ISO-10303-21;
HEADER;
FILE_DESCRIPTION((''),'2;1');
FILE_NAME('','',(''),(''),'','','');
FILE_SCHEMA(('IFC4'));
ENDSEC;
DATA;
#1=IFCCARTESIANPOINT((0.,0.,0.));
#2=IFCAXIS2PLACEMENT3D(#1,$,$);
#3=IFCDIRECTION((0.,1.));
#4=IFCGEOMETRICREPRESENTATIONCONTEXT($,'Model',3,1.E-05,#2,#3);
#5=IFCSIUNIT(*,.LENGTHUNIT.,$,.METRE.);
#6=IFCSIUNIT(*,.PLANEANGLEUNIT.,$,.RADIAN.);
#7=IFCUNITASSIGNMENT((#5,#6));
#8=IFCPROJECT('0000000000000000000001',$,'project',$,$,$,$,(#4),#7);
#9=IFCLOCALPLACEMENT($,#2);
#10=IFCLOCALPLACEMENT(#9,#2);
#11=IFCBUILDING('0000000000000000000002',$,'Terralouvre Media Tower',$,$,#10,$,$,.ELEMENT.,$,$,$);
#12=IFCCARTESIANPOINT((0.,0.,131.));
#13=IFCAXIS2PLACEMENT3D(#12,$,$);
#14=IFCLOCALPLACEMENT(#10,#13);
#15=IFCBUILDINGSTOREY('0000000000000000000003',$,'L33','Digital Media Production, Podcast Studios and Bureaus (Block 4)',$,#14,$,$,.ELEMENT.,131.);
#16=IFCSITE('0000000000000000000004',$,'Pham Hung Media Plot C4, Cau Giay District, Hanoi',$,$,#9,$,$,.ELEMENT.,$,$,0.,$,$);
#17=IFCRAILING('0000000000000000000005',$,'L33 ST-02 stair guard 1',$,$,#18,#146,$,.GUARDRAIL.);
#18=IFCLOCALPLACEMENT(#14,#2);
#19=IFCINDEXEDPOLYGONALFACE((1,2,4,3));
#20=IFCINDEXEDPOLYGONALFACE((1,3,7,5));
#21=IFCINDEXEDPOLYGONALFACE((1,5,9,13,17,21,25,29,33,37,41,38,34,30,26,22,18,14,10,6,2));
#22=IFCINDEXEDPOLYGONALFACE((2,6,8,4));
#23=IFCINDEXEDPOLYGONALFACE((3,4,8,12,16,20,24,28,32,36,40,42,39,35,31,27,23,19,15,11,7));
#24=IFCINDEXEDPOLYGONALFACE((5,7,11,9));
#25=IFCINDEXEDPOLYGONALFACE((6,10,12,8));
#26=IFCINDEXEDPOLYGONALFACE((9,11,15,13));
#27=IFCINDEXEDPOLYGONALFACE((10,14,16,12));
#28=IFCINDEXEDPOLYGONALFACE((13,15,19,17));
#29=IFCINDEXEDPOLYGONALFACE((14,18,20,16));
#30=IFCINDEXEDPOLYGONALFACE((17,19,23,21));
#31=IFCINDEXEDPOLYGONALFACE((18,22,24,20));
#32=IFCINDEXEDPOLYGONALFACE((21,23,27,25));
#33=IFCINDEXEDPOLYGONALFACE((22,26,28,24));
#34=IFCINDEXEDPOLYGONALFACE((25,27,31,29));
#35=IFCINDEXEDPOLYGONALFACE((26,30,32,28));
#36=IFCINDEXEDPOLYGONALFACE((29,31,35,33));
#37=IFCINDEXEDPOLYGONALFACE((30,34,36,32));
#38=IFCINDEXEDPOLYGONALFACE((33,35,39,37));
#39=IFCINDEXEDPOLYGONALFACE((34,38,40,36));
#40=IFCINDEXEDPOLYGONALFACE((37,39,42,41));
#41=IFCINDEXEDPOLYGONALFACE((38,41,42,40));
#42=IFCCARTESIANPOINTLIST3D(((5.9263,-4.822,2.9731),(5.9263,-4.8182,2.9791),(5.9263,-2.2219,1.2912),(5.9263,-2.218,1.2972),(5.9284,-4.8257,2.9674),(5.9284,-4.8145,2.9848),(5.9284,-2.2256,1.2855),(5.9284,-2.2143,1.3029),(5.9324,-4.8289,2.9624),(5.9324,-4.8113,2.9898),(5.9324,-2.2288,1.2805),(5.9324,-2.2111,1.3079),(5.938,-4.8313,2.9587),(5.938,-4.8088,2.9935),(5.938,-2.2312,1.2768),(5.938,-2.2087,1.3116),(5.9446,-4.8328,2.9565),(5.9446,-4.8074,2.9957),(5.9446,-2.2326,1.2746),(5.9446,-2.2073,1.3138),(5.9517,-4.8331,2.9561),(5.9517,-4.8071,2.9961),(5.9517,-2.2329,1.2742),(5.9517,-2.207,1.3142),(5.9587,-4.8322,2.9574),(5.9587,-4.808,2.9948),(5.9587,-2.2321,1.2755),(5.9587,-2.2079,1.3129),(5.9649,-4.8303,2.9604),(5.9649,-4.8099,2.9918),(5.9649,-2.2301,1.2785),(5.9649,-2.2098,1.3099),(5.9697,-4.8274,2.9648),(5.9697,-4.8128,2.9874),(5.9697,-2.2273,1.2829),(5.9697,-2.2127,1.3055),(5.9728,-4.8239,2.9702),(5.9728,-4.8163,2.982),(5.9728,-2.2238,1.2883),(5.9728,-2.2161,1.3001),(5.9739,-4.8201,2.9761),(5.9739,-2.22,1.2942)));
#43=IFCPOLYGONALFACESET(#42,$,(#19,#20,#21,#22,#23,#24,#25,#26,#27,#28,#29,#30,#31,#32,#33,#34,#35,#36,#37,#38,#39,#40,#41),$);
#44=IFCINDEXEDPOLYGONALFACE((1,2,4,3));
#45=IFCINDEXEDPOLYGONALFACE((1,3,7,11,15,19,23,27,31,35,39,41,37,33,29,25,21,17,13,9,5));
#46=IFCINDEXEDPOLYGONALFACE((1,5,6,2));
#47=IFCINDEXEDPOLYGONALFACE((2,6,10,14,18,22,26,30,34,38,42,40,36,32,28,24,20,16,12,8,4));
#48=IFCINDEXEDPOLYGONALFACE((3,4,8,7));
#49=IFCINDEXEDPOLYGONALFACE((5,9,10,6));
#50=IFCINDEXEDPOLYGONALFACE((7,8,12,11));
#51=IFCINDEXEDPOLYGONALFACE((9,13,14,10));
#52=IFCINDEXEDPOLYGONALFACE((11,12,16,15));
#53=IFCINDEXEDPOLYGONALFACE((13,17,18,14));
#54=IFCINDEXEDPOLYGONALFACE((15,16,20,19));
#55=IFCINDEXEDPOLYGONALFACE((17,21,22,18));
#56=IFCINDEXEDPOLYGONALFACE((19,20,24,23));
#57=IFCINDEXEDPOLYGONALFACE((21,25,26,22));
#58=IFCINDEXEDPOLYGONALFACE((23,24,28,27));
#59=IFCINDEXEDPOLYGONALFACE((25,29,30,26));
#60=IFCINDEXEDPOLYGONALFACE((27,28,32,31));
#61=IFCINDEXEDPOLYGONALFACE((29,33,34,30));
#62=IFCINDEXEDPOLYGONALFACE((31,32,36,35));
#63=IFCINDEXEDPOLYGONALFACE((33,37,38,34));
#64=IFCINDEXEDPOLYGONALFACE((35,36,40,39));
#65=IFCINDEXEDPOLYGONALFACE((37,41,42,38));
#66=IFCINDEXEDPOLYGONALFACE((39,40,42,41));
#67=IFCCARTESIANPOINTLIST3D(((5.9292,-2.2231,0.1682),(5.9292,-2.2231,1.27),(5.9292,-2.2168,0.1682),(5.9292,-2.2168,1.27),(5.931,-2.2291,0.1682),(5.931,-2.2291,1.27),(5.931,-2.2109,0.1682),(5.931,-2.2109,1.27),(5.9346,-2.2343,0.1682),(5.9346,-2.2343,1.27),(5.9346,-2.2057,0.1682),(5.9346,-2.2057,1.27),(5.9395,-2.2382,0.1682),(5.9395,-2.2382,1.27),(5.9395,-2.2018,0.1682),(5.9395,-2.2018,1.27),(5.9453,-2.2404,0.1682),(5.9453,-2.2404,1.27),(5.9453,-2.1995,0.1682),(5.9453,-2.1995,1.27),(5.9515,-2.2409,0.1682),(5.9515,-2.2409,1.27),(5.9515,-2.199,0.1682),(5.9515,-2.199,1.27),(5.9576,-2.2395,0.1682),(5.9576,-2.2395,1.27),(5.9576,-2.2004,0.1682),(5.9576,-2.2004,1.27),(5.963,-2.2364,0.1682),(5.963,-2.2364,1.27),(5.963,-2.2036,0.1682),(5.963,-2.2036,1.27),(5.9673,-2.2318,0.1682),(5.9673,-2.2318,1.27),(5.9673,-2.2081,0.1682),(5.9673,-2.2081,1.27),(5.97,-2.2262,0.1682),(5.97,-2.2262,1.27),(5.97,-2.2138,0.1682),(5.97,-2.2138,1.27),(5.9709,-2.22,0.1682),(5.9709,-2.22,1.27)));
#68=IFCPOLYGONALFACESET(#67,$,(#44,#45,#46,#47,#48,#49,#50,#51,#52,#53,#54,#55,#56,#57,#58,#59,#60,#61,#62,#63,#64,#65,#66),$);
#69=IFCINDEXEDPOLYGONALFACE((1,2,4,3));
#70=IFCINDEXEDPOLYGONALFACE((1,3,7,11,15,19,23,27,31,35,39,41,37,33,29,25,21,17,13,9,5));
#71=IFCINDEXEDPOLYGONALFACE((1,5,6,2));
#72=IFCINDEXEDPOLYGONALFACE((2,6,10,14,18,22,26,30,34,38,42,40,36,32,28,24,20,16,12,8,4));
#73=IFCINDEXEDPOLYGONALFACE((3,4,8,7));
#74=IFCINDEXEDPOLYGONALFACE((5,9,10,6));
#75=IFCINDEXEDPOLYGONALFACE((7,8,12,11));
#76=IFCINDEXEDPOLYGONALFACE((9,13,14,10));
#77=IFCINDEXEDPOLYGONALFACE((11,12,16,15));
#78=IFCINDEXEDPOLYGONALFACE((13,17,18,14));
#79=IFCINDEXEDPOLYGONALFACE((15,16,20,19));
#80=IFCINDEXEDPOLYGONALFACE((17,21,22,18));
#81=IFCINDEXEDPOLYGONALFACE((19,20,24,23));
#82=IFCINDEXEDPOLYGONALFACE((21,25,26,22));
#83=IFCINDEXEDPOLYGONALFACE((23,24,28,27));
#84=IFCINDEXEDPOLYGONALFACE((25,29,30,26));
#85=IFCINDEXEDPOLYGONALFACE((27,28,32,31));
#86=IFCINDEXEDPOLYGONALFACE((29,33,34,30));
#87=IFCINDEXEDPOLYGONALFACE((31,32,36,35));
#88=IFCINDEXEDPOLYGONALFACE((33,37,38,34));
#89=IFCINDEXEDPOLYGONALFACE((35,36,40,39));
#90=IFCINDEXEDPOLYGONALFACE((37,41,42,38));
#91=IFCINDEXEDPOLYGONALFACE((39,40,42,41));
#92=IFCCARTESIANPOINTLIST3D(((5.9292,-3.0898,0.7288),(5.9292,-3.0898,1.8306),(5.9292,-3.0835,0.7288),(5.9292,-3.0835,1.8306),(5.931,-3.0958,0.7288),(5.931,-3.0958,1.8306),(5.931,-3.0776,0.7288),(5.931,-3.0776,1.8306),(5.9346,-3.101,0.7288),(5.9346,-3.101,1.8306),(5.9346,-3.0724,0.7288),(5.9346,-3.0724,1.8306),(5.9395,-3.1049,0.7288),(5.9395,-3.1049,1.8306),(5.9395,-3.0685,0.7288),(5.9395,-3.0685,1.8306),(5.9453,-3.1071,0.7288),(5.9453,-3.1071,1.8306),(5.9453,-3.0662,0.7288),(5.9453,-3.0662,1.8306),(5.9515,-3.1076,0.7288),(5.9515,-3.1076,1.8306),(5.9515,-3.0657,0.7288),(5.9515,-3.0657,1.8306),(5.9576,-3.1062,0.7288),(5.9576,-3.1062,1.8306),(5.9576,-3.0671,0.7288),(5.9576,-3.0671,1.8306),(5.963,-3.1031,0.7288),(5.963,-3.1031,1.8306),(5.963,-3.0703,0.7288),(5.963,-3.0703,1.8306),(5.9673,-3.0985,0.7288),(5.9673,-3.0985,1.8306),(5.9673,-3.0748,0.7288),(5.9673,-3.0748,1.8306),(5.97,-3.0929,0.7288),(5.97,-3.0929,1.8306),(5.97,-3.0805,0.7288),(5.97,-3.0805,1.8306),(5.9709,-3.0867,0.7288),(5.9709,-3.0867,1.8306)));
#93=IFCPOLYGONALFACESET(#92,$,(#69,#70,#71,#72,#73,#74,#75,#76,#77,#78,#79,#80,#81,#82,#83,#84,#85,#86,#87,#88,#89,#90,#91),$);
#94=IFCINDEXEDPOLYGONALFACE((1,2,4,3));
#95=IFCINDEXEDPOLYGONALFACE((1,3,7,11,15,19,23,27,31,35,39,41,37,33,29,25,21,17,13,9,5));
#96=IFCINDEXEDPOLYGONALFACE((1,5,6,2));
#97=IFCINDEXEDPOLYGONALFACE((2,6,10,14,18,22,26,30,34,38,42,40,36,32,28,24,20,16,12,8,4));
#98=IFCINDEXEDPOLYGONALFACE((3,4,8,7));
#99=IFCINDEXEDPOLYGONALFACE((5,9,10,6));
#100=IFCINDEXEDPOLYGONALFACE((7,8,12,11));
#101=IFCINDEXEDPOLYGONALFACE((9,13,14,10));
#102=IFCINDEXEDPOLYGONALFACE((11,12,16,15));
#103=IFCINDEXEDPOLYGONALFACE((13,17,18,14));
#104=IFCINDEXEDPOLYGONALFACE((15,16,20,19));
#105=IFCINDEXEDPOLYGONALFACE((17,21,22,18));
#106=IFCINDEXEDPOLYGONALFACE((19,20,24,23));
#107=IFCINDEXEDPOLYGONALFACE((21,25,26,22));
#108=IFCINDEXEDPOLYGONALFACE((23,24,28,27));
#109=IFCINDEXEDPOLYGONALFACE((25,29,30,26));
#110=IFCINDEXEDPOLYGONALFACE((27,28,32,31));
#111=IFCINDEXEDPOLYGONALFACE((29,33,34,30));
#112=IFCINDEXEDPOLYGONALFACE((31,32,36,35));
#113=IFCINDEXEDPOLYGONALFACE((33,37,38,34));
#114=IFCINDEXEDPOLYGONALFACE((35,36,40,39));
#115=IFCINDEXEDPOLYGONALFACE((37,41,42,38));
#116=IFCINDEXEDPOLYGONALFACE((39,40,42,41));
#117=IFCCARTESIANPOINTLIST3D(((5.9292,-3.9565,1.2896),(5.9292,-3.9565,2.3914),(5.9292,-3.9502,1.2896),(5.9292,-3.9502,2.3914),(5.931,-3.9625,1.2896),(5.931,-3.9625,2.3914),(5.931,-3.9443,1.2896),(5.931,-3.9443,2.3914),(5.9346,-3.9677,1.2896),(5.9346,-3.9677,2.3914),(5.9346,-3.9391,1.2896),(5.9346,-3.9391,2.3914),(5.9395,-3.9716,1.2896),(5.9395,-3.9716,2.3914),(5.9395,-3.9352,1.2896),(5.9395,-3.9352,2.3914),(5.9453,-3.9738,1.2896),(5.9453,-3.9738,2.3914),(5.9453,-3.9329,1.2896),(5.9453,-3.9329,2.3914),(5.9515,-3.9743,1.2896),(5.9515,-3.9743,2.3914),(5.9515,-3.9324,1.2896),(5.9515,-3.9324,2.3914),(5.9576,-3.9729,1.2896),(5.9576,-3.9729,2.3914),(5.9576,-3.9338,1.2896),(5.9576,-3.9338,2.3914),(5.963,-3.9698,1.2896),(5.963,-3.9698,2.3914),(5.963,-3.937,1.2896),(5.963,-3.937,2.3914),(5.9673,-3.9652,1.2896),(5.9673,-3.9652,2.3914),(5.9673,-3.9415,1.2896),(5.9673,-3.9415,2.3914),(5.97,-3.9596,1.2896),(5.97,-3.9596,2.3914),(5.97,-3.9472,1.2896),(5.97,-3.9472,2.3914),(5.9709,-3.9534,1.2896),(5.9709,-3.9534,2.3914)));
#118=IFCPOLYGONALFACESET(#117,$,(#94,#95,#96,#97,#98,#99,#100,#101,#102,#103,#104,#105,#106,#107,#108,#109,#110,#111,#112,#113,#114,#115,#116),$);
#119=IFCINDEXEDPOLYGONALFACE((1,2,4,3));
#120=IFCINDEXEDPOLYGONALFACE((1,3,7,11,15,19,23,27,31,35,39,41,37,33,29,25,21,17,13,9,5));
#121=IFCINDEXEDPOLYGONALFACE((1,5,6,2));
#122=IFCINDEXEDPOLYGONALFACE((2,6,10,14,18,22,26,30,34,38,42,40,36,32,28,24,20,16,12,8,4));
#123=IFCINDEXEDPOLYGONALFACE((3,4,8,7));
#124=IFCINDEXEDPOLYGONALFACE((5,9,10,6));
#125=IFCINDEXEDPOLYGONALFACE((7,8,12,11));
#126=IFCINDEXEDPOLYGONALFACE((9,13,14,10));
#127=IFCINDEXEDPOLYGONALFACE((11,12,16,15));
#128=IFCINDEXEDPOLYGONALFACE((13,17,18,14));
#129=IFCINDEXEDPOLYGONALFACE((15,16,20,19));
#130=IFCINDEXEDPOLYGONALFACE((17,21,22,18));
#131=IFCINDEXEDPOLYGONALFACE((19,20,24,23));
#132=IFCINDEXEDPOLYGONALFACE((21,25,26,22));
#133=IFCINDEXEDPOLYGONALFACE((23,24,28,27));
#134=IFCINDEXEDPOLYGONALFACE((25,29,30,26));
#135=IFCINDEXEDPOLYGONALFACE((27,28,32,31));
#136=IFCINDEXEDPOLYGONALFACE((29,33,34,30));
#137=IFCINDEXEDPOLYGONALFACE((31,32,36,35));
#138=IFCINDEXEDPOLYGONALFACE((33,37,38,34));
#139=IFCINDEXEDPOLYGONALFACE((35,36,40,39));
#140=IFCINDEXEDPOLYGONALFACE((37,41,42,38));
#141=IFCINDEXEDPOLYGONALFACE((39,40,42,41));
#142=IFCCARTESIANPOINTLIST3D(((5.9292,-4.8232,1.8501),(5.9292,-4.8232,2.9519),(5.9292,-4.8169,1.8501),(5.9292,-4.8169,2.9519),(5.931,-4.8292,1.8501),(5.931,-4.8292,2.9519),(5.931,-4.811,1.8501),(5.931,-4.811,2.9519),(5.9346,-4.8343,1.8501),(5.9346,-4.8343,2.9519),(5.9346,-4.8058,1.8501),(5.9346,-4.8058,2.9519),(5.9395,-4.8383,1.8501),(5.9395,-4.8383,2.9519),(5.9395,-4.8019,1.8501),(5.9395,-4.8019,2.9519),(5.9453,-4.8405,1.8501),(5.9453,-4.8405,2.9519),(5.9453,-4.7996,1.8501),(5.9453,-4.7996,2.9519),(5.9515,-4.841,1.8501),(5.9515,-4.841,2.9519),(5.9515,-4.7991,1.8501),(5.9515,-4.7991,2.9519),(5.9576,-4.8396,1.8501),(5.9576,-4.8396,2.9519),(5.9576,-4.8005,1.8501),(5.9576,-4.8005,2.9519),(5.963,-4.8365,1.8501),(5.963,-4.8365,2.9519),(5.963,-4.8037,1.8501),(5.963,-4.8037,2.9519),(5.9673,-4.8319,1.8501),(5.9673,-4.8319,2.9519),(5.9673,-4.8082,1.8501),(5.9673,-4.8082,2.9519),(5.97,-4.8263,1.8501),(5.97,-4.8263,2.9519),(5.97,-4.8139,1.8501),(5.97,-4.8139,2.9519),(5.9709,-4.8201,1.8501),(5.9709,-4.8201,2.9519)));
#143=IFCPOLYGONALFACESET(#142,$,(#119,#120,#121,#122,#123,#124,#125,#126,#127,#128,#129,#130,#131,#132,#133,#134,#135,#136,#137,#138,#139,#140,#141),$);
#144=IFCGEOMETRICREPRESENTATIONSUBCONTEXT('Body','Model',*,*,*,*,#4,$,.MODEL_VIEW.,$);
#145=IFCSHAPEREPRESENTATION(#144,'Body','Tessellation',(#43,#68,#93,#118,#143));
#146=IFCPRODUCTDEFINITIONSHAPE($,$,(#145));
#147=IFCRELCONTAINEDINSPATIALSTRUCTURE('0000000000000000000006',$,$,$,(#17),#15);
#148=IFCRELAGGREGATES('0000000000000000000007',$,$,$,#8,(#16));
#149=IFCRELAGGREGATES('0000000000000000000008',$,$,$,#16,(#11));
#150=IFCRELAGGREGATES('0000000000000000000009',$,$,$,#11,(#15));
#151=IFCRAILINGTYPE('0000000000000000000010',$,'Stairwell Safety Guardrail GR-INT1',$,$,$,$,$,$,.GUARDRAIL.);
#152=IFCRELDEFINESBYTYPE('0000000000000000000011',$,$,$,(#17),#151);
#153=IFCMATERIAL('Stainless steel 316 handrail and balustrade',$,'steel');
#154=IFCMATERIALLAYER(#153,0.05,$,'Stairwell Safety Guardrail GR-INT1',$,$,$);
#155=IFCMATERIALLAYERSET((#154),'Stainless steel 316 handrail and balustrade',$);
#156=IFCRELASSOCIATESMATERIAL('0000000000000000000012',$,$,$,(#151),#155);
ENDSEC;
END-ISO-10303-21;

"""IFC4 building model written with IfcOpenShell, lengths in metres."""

from ifc_helpers import new_model, si_unit, direction, frame, origin, origin_2d, place, context, subcontext, project, spatial, circle, extrude, material, layer, layer_set, type_object, element, save


model = new_model("IFC4")

# Units and contexts
model_context = context("Model", 3, precision=1e-05, world=origin(), true_north=direction((0.0, 1.0)))
body_context = subcontext(model_context, "Body", "Model", "MODEL_VIEW")
ifc_project = project(units=[si_unit("LENGTHUNIT", "METRE"), si_unit("PLANEANGLEUNIT", "RADIAN")], contexts=[model_context])

# Site, building, storey
site_placement = place(None, origin())
site = spatial("IfcSite", under=ifc_project, at=site_placement, Name="Pham Hung Media Plot C4, Cau Giay District, Hanoi", CompositionType="ELEMENT", RefElevation=0.0)
building_placement = place(site_placement, origin())
building = spatial("IfcBuilding", under=site, at=building_placement, Name="Terralouvre Media Tower", CompositionType="ELEMENT")
storey_placement = place(building_placement, frame((0.0, 0.0, 131.0)))
storey = spatial("IfcBuildingStorey", under=building, at=storey_placement, Name="L33", Description="Digital Media Production, Podcast Studios and Bureaus (Block 4)", CompositionType="ELEMENT", Elevation=131.0)

# Railing
ifc_material_1 = material(Name="Stainless steel 316 handrail and balustrade", Category="steel")
ifc_layer_1 = layer(ifc_material_1, 0.05, Name="Stairwell Safety Guardrail GR-INT1")
ifc_layer_set_1 = layer_set([ifc_layer_1], Name="Stainless steel 316 handrail and balustrade")
railing_type_1 = type_object("IfcRailingType", Name="Stairwell Safety Guardrail GR-INT1", PredefinedType="GUARDRAIL", material=ifc_layer_set_1)
railing_1_placement = place(storey_placement, frame((5.95, -2.22, 0.1682)))
element("IfcRailing", 1, at=railing_1_placement, inside=storey, type_object=railing_type_1, Name="L33 ST-02 stair guard 1", PredefinedType="GUARDRAIL", context=body_context, shape_type="SweptSolid", body=[
    extrude(circle(Radius=0.0239, at=origin_2d()), frame((0.0, 0.0, 1.126), z_axis=(0.0, -0.839648, 0.54313), x_axis=(1.0, 0.0, 0.0)), (0.0, 0.0, 1.0), 3.0967),
    extrude(circle(Radius=0.021, at=origin_2d()), origin(), (0.0, 0.0, 1.0), 1.1018),
    extrude(circle(Radius=0.021, at=origin_2d()), frame((0.0, -0.8667, 0.5605)), (0.0, 0.0, 1.0), 1.1018),
    extrude(circle(Radius=0.021, at=origin_2d()), frame((0.0, -1.7334, 1.1213)), (0.0, 0.0, 1.0), 1.1018),
    extrude(circle(Radius=0.021, at=origin_2d()), frame((0.0, -2.6001, 1.6819)), (0.0, 0.0, 1.0), 1.1018),
])

save(model, "model.ifc")
